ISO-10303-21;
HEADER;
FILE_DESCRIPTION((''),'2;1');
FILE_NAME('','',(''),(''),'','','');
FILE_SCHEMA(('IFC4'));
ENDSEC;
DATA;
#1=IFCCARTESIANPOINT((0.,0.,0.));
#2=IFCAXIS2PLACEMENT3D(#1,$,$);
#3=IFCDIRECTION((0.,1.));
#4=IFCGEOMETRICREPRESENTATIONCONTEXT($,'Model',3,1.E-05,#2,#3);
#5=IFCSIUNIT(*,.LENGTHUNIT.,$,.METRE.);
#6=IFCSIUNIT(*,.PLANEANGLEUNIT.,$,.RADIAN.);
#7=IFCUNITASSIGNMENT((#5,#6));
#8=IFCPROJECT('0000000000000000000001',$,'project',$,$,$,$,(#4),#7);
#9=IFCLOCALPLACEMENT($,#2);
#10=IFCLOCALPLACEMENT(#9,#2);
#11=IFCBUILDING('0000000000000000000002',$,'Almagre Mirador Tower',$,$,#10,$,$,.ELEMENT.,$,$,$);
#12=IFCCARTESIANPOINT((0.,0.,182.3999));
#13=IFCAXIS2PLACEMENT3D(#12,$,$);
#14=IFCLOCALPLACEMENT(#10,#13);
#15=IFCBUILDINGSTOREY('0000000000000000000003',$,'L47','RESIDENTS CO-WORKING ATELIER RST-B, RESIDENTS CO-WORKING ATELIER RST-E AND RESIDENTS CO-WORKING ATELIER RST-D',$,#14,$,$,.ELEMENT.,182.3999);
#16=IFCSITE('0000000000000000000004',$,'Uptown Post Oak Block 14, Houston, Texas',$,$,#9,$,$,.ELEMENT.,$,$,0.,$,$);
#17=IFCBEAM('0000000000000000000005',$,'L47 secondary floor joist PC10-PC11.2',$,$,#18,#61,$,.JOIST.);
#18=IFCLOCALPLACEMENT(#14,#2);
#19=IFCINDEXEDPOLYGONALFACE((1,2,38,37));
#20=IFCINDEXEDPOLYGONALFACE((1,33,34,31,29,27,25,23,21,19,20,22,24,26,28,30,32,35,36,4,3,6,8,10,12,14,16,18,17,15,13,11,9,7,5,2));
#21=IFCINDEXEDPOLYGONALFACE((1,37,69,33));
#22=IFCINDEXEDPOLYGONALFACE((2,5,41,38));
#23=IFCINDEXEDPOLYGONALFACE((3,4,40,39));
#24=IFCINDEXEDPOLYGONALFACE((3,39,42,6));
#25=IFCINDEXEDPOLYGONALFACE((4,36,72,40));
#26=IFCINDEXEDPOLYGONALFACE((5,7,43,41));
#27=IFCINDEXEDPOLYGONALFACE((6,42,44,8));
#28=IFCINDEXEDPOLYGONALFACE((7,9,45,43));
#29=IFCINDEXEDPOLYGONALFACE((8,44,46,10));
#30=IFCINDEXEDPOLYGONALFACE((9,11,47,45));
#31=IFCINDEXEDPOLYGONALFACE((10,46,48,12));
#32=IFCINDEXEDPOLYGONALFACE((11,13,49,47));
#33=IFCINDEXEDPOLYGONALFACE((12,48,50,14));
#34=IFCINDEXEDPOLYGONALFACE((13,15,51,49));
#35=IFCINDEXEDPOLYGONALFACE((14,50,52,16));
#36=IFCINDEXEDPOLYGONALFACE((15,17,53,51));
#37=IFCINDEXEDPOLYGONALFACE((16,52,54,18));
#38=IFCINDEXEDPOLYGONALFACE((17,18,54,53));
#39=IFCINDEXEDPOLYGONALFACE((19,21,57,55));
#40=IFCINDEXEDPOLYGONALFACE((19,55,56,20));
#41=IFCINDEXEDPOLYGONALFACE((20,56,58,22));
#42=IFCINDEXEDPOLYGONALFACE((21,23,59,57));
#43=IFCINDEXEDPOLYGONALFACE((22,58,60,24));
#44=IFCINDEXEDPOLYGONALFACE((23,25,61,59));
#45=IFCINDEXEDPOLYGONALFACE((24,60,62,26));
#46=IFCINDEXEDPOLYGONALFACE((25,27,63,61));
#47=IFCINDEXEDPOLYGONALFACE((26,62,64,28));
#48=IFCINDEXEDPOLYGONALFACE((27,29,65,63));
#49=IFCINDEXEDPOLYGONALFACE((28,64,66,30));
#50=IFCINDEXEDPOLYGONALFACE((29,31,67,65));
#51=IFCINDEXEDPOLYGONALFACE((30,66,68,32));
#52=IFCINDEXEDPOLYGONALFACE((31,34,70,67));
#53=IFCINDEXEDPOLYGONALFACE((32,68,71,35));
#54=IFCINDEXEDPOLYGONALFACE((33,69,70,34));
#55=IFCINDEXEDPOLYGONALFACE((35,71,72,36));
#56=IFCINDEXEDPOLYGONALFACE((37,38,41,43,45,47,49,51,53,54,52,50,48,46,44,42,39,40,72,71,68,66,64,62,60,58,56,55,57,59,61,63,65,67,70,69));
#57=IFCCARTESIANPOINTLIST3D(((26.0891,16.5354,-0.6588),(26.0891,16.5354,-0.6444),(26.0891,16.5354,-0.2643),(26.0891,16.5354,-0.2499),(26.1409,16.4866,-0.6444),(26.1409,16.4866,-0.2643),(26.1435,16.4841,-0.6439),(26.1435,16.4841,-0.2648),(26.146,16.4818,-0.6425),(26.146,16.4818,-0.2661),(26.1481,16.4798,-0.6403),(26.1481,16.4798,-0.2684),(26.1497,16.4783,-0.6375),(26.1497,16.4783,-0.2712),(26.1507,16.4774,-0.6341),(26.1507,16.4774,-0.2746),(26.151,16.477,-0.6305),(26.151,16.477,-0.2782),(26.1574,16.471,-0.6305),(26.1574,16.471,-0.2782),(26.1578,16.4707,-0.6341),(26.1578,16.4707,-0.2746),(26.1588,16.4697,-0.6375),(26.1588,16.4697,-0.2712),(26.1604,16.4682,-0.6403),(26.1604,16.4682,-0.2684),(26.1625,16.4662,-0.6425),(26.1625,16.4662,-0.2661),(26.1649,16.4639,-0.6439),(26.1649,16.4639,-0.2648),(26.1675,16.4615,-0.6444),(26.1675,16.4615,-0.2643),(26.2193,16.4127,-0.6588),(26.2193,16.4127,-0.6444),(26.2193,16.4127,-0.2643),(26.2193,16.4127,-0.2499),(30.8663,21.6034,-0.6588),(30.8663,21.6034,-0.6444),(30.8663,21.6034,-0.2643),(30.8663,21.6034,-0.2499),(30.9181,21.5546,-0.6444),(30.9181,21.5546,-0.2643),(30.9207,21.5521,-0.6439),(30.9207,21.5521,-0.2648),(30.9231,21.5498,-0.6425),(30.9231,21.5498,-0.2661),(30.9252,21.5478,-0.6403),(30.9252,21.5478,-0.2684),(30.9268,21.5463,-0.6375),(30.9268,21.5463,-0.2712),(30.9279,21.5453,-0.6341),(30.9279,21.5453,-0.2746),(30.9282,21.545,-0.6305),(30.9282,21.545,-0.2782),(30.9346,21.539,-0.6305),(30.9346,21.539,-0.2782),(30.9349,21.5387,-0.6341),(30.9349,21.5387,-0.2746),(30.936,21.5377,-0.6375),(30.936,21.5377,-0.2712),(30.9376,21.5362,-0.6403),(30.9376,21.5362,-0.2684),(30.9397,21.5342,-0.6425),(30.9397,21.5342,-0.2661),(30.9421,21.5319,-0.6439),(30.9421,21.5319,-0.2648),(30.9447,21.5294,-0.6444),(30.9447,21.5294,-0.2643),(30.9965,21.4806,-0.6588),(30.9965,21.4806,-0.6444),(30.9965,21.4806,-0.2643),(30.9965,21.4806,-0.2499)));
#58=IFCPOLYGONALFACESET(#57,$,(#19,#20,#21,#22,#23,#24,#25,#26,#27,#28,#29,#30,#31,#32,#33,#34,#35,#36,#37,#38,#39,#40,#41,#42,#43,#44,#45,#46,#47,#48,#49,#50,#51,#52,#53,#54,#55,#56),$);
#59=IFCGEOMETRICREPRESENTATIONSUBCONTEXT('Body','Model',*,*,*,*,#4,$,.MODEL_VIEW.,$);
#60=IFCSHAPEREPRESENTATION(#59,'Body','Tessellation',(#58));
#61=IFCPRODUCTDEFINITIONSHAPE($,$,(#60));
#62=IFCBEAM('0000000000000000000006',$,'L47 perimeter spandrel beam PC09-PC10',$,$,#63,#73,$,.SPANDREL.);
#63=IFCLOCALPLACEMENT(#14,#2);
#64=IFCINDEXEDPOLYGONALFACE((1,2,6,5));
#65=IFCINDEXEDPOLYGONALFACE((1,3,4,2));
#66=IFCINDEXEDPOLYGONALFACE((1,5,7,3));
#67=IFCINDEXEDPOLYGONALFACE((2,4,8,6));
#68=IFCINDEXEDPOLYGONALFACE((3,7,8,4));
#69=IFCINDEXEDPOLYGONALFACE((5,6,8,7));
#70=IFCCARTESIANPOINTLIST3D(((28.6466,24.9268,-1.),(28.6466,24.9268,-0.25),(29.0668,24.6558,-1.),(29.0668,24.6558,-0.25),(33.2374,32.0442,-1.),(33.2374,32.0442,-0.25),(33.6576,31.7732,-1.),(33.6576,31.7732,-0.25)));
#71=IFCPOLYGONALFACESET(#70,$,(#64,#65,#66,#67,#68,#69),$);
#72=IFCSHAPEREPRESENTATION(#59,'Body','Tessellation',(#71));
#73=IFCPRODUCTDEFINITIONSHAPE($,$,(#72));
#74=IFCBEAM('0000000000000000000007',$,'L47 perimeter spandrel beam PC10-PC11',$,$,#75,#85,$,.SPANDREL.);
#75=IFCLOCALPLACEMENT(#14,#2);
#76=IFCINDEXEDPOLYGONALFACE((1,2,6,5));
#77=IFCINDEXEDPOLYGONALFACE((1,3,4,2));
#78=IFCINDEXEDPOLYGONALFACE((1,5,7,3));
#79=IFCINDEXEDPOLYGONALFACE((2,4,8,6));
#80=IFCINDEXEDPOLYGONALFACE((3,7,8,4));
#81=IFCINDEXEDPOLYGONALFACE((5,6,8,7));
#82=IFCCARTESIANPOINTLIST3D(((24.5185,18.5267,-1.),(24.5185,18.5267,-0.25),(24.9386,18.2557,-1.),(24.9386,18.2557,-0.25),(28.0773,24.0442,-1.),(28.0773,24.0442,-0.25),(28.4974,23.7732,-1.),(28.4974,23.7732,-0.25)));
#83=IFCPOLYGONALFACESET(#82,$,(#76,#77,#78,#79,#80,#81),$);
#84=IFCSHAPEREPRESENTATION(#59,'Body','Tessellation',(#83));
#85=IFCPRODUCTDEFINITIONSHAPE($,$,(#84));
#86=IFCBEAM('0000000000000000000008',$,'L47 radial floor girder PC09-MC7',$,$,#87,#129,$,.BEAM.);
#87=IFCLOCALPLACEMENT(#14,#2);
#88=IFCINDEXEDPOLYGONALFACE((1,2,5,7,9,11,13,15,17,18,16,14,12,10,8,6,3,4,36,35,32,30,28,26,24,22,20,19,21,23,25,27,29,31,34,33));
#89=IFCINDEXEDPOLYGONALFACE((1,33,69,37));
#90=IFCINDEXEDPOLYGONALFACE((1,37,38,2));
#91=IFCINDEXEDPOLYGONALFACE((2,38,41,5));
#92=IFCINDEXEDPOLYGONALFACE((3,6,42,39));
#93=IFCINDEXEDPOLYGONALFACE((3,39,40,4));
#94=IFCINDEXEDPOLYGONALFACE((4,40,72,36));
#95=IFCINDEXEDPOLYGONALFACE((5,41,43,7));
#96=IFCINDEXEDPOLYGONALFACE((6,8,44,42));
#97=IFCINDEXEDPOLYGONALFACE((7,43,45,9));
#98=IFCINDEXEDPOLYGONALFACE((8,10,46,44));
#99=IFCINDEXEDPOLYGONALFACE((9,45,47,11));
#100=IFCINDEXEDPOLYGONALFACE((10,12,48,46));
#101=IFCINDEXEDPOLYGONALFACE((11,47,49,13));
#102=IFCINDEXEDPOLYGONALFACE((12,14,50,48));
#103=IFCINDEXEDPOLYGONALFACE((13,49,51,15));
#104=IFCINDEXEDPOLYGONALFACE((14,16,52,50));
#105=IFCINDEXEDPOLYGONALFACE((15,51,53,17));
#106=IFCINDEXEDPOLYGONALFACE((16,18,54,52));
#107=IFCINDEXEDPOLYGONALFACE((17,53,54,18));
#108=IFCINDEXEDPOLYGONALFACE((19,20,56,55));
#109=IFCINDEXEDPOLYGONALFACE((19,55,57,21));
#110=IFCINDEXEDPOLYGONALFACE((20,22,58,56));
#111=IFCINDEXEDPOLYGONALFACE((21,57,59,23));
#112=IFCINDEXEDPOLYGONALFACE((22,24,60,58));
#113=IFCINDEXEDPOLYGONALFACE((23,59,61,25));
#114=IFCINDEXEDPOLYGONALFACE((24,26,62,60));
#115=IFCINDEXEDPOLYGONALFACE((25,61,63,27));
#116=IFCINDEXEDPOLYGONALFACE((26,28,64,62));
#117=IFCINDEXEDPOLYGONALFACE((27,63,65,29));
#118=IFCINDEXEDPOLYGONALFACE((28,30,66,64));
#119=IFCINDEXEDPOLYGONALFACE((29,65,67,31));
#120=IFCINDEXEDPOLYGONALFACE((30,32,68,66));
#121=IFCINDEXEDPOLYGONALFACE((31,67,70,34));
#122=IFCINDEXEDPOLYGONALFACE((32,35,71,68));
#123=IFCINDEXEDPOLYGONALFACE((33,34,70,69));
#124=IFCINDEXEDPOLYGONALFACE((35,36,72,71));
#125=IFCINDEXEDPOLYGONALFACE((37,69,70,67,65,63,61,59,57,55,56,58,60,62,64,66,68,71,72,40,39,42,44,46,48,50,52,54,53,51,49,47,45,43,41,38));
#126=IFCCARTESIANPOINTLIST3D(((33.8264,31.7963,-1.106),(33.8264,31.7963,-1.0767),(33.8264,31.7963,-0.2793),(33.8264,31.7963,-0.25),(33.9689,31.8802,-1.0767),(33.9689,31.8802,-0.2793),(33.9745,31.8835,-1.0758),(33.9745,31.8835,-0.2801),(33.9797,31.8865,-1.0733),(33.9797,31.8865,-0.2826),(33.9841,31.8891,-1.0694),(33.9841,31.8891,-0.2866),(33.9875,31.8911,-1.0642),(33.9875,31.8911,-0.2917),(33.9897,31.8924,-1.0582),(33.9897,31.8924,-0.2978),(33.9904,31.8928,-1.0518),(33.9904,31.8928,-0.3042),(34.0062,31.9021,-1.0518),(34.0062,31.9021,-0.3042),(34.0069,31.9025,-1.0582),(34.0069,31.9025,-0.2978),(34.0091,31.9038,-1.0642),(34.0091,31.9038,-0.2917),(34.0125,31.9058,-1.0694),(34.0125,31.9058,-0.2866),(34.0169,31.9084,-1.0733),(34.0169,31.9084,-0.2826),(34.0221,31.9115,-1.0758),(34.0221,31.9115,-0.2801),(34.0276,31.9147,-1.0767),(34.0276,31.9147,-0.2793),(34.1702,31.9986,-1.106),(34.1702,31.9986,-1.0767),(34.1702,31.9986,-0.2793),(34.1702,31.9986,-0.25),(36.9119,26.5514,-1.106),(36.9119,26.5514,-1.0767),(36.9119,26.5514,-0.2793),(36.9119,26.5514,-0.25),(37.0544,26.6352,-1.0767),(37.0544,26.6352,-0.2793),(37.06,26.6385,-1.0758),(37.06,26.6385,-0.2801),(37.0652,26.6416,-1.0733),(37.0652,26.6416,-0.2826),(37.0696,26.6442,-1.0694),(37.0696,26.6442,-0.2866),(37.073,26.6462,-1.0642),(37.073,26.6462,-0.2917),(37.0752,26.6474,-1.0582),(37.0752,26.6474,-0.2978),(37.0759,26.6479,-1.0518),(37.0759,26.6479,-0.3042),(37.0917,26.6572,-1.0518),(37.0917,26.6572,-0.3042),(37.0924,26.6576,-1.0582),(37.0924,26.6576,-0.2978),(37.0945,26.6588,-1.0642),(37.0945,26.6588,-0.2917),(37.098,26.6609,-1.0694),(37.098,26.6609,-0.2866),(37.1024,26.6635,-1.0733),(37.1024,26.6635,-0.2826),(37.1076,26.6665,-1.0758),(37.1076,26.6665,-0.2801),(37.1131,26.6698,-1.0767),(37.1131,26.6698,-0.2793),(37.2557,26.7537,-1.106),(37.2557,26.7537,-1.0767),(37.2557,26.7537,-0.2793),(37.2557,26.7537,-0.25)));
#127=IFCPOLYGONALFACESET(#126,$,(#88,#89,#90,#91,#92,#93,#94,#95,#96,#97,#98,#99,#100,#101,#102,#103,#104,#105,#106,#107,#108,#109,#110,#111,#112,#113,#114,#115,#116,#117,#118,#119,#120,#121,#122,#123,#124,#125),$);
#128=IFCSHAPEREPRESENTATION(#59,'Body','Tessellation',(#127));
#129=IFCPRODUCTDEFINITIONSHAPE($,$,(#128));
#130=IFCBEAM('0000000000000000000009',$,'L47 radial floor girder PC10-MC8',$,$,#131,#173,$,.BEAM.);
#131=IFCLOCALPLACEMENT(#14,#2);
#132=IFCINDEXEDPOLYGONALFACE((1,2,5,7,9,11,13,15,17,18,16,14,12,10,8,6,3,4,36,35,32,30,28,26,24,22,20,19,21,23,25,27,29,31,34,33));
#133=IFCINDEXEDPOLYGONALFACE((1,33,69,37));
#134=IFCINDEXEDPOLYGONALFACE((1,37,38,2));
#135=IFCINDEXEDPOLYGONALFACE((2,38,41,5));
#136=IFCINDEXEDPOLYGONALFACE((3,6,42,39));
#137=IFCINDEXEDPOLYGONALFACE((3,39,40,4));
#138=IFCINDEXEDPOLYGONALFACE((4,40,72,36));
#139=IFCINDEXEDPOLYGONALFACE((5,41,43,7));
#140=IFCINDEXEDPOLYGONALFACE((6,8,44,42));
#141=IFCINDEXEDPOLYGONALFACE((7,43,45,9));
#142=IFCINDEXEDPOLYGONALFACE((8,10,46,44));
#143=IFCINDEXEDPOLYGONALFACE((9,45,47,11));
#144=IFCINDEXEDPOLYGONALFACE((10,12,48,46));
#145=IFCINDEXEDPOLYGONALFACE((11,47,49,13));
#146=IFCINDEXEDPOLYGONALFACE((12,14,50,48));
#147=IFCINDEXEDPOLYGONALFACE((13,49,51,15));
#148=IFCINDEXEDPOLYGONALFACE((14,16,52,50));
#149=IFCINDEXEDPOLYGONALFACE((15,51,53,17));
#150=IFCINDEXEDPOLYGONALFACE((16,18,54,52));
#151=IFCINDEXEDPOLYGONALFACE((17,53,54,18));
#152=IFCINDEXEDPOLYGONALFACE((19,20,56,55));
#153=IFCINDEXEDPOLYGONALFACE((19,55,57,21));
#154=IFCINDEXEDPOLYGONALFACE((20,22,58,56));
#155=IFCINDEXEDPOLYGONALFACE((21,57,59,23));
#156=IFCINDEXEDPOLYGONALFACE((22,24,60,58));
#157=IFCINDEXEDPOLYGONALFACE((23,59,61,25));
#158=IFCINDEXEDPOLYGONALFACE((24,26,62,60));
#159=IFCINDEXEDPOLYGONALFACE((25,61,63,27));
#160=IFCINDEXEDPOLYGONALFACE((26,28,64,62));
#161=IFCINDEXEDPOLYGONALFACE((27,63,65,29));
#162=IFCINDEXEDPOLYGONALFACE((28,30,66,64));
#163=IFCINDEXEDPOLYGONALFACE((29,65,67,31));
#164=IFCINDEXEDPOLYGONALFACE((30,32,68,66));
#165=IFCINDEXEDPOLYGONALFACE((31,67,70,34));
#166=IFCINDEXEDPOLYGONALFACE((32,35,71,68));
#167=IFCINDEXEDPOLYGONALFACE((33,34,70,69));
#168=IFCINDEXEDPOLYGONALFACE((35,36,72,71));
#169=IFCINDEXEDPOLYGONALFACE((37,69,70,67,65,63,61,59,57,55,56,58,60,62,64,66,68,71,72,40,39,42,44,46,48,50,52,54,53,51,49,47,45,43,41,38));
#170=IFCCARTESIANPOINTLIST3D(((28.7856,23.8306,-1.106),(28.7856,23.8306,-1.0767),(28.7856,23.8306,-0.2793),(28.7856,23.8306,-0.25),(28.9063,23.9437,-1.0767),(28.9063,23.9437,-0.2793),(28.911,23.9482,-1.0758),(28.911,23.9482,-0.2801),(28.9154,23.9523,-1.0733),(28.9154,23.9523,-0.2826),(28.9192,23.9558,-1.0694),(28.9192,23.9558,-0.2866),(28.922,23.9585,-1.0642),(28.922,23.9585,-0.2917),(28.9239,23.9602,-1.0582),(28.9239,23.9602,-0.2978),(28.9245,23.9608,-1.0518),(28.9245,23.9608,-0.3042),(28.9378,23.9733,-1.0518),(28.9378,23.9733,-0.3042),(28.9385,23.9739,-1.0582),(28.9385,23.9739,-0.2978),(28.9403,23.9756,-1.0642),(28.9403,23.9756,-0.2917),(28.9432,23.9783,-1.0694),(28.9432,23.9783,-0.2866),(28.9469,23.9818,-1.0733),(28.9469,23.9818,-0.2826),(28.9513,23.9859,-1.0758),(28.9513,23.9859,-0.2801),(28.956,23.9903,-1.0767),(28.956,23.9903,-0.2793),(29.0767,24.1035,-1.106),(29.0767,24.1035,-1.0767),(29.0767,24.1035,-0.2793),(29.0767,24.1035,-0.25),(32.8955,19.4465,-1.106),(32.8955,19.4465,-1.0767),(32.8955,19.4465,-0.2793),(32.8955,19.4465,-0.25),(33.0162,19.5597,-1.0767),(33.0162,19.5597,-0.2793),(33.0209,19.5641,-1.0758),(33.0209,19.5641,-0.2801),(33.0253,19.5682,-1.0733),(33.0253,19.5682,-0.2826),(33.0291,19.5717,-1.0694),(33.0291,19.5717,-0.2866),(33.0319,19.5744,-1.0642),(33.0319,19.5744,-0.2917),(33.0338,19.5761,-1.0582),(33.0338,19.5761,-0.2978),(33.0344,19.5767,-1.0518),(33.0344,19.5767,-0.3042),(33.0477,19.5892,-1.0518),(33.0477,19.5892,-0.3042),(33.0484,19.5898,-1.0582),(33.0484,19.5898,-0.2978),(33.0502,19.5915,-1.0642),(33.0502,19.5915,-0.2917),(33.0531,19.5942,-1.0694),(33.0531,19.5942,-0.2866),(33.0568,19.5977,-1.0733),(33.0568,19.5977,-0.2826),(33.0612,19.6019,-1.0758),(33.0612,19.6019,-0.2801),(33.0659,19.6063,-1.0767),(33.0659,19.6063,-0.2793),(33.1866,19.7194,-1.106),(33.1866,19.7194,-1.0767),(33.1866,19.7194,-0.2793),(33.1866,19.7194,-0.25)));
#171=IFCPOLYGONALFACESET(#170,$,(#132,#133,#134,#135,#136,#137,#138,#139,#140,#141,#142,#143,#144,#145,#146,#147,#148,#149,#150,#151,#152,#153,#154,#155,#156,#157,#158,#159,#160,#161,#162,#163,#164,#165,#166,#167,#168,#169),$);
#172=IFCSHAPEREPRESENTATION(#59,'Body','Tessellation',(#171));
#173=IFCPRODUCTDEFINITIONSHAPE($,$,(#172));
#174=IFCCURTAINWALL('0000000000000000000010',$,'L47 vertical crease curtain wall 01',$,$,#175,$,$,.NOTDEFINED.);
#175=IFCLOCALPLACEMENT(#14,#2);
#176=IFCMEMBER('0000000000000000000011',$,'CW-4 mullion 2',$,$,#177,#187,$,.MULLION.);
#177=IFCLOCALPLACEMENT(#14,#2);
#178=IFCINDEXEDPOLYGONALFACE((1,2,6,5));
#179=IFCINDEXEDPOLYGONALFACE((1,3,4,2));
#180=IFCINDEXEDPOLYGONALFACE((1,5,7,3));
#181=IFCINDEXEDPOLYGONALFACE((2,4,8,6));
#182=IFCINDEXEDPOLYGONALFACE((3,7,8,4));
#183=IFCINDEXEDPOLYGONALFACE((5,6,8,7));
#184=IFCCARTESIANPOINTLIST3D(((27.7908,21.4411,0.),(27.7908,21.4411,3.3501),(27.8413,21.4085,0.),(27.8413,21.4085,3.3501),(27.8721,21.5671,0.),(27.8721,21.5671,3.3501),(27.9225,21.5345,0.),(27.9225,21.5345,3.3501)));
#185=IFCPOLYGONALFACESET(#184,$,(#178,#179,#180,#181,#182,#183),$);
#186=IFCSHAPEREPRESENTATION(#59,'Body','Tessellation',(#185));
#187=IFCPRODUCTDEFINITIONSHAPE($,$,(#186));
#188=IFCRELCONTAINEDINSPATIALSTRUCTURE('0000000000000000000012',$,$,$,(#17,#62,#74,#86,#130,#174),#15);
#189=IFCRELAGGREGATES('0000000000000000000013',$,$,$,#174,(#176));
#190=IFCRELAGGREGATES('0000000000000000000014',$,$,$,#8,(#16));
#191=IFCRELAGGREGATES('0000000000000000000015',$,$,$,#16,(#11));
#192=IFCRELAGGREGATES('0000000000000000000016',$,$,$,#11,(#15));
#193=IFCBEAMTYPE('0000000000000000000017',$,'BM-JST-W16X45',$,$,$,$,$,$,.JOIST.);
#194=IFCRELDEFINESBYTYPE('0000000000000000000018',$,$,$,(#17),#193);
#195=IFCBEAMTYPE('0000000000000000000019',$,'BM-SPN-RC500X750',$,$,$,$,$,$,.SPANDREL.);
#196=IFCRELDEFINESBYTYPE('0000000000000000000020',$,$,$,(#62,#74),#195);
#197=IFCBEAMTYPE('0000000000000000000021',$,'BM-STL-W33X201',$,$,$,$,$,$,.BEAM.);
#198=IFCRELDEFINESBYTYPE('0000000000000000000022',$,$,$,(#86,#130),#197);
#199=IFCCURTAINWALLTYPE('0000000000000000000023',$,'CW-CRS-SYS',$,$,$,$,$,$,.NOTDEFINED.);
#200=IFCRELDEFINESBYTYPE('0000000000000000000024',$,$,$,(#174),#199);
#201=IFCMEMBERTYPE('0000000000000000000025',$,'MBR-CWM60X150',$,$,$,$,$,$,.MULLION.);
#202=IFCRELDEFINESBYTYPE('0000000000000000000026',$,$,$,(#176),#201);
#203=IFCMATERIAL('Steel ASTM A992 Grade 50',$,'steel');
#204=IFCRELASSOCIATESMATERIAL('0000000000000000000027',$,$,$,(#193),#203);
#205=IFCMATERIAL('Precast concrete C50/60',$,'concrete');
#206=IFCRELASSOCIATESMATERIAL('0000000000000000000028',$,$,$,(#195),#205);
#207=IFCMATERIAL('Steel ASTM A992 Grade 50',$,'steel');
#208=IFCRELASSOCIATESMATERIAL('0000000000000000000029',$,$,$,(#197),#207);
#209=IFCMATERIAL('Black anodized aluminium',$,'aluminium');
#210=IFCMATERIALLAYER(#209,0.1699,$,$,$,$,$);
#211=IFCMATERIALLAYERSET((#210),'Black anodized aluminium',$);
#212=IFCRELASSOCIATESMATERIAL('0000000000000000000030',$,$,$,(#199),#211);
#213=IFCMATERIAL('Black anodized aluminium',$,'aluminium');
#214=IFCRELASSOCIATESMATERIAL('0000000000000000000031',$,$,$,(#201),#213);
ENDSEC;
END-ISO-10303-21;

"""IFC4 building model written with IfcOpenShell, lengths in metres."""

from ifc_helpers import new_model, si_unit, direction, frame, origin, origin_2d, place, context, subcontext, project, spatial, rectangle, i_section, extrude, material, layer, layer_set, material_profile, profile_set, type_object, element, aggregate, save


model = new_model("IFC4")

# Units and contexts
model_context = context("Model", 3, precision=1e-05, world=origin(), true_north=direction((0.0, 1.0)))
body_context = subcontext(model_context, "Body", "Model", "MODEL_VIEW")
ifc_project = project(units=[si_unit("LENGTHUNIT", "METRE"), si_unit("PLANEANGLEUNIT", "RADIAN")], contexts=[model_context])

# Site, building, storey
site_placement = place(None, origin())
site = spatial("IfcSite", under=ifc_project, at=site_placement, Name="Uptown Post Oak Block 14, Houston, Texas", CompositionType="ELEMENT", RefElevation=0.0)
building_placement = place(site_placement, origin())
building = spatial("IfcBuilding", under=site, at=building_placement, Name="Almagre Mirador Tower", CompositionType="ELEMENT")
storey_placement = place(building_placement, frame((0.0, 0.0, 182.3999)))
storey = spatial("IfcBuildingStorey", under=building, at=storey_placement, Name="L47", Description="RESIDENTS CO-WORKING ATELIER RST-B, RESIDENTS CO-WORKING ATELIER RST-E AND RESIDENTS CO-WORKING ATELIER RST-D", CompositionType="ELEMENT", Elevation=182.3999)

# Beams
ifc_material_1 = material(Name="Steel ASTM A992 Grade 50", Category="steel")
ifc_material_profile_1 = material_profile(ifc_material_1, i_section(OverallWidth=0.179, OverallDepth=0.4089, WebThickness=0.0088, FlangeThickness=0.0144, FilletRadius=0.0139, at=origin_2d()), Name="W16X45")
ifc_profile_set_1 = profile_set([ifc_material_profile_1], Name="Steel ASTM A992 Grade 50")
beam_type_1 = type_object("IfcBeamType", Name="BM-JST-W16X45", PredefinedType="JOIST", material=ifc_profile_set_1)
beam_1_placement = place(storey_placement, frame((30.9314, 21.542, -0.4543), z_axis=(-0.685923, -0.727674, 0.0), x_axis=(0.727674, -0.685923, 0.0)))
element("IfcBeam", 1, at=beam_1_placement, inside=storey, type_object=beam_type_1, Name="L47 secondary floor joist PC10-PC11.2", PredefinedType="JOIST", context=body_context, shape_type="SweptSolid", body=[
    extrude(i_section(OverallWidth=0.179, OverallDepth=0.4089, WebThickness=0.0088, FlangeThickness=0.0144, FilletRadius=0.0139, at=origin_2d()), origin(), (0.0, 0.0, 1.0), 6.9646),
])
ifc_material_2 = material(Name="Precast concrete C50/60", Category="concrete")
ifc_material_profile_2 = material_profile(ifc_material_2, rectangle(XDim=0.5, YDim=0.75, at=origin_2d()), Name="RC500X750")
ifc_profile_set_2 = profile_set([ifc_material_profile_2], Name="Precast concrete C50/60")
beam_type_2 = type_object("IfcBeamType", Name="BM-SPN-RC500X750", PredefinedType="SPANDREL", material=ifc_profile_set_2)
beam_2_placement = place(storey_placement, frame((33.4475, 31.9087, -0.625), z_axis=(-0.542038, -0.840354, 0.0), x_axis=(0.840354, -0.542038, 0.0)))
element("IfcBeam", 2, at=beam_2_placement, inside=storey, type_object=beam_type_2, Name="L47 perimeter spandrel beam PC09-PC10", PredefinedType="SPANDREL", context=body_context, shape_type="SweptSolid", body=[
    extrude(rectangle(XDim=0.5, YDim=0.75, at=origin_2d()), origin(), (0.0, 0.0, 1.0), 8.4695),
])
beam_3_placement = place(storey_placement, frame((28.2874, 23.9087, -0.625), z_axis=(-0.542031, -0.840358, 0.0), x_axis=(0.840358, -0.542031, 0.0)))
element("IfcBeam", 3, at=beam_3_placement, inside=storey, type_object=beam_type_2, Name="L47 perimeter spandrel beam PC10-PC11", PredefinedType="SPANDREL", context=body_context, shape_type="SweptSolid", body=[
    extrude(rectangle(XDim=0.5, YDim=0.75, at=origin_2d()), origin(), (0.0, 0.0, 1.0), 6.5657),
])
ifc_material_3 = material(Name="Steel ASTM A992 Grade 50", Category="steel")
ifc_material_profile_3 = material_profile(ifc_material_3, i_section(OverallWidth=0.3989, OverallDepth=0.856, WebThickness=0.0183, FlangeThickness=0.0293, FilletRadius=0.0249, at=origin_2d()), Name="W33X201")
ifc_profile_set_3 = profile_set([ifc_material_profile_3], Name="Steel ASTM A992 Grade 50")
beam_type_3 = type_object("IfcBeamType", Name="BM-STL-W33X201", PredefinedType="BEAM", material=ifc_profile_set_3)
beam_4_placement = place(storey_placement, frame((33.9983, 31.8975, -0.678), z_axis=(0.507048, -0.861918, 0.0), x_axis=(0.861918, 0.507048, 0.0)))
element("IfcBeam", 4, at=beam_4_placement, inside=storey, type_object=beam_type_3, Name="L47 radial floor girder PC09-MC7", PredefinedType="BEAM", context=body_context, shape_type="SweptSolid", body=[
    extrude(i_section(OverallWidth=0.3989, OverallDepth=0.856, WebThickness=0.0183, FlangeThickness=0.0293, FilletRadius=0.0249, at=origin_2d()), origin(), (0.0, 0.0, 1.0), 6.0852),
])
beam_5_placement = place(storey_placement, frame((28.9312, 23.967, -0.678), z_axis=(0.683926, -0.729551, 0.0), x_axis=(0.729551, 0.683926, 0.0)))
element("IfcBeam", 5, at=beam_5_placement, inside=storey, type_object=beam_type_3, Name="L47 radial floor girder PC10-MC8", PredefinedType="BEAM", context=body_context, shape_type="SweptSolid", body=[
    extrude(i_section(OverallWidth=0.3989, OverallDepth=0.856, WebThickness=0.0183, FlangeThickness=0.0293, FilletRadius=0.0249, at=origin_2d()), origin(), (0.0, 0.0, 1.0), 6.0093),
])

# Curtain wall, member
ifc_material_4 = material(Name="Black anodized aluminium", Category="aluminium")
ifc_layer_1 = layer(ifc_material_4, 0.1699)
ifc_layer_set_1 = layer_set([ifc_layer_1], Name="Black anodized aluminium")
curtain_wall_type_1 = type_object("IfcCurtainWallType", Name="CW-CRS-SYS", PredefinedType="NOTDEFINED", material=ifc_layer_set_1)
curtain_wall_1_placement = place(storey_placement, origin())
curtain_wall_1 = element("IfcCurtainWall", 6, at=curtain_wall_1_placement, inside=storey, type_object=curtain_wall_type_1, Name="L47 vertical crease curtain wall 01", PredefinedType="NOTDEFINED")
ifc_material_5 = material(Name="Black anodized aluminium", Category="aluminium")
ifc_material_profile_4 = material_profile(ifc_material_5, rectangle(XDim=0.0601, YDim=0.1499, at=origin_2d()), Name="CWM60X150")
ifc_profile_set_4 = profile_set([ifc_material_profile_4], Name="Black anodized aluminium")
member_type_1 = type_object("IfcMemberType", Name="MBR-CWM60X150", PredefinedType="MULLION", material=ifc_profile_set_4)
member_1_placement = place(storey_placement, frame((27.8567, 21.4878, 0.0), z_axis=(0.0, 0.0, 1.0), x_axis=(-0.840416, 0.541942, 0.0)))
member_1 = element("IfcMember", 7, at=member_1_placement, type_object=member_type_1, Name="CW-4 mullion 2", PredefinedType="MULLION", context=body_context, shape_type="SweptSolid", body=[
    extrude(rectangle(XDim=0.0601, YDim=0.1499, at=origin_2d()), origin(), (0.0, 0.0, 1.0), 3.3501),
])

aggregate(curtain_wall_1, [member_1])

save(model, "model.ifc")
